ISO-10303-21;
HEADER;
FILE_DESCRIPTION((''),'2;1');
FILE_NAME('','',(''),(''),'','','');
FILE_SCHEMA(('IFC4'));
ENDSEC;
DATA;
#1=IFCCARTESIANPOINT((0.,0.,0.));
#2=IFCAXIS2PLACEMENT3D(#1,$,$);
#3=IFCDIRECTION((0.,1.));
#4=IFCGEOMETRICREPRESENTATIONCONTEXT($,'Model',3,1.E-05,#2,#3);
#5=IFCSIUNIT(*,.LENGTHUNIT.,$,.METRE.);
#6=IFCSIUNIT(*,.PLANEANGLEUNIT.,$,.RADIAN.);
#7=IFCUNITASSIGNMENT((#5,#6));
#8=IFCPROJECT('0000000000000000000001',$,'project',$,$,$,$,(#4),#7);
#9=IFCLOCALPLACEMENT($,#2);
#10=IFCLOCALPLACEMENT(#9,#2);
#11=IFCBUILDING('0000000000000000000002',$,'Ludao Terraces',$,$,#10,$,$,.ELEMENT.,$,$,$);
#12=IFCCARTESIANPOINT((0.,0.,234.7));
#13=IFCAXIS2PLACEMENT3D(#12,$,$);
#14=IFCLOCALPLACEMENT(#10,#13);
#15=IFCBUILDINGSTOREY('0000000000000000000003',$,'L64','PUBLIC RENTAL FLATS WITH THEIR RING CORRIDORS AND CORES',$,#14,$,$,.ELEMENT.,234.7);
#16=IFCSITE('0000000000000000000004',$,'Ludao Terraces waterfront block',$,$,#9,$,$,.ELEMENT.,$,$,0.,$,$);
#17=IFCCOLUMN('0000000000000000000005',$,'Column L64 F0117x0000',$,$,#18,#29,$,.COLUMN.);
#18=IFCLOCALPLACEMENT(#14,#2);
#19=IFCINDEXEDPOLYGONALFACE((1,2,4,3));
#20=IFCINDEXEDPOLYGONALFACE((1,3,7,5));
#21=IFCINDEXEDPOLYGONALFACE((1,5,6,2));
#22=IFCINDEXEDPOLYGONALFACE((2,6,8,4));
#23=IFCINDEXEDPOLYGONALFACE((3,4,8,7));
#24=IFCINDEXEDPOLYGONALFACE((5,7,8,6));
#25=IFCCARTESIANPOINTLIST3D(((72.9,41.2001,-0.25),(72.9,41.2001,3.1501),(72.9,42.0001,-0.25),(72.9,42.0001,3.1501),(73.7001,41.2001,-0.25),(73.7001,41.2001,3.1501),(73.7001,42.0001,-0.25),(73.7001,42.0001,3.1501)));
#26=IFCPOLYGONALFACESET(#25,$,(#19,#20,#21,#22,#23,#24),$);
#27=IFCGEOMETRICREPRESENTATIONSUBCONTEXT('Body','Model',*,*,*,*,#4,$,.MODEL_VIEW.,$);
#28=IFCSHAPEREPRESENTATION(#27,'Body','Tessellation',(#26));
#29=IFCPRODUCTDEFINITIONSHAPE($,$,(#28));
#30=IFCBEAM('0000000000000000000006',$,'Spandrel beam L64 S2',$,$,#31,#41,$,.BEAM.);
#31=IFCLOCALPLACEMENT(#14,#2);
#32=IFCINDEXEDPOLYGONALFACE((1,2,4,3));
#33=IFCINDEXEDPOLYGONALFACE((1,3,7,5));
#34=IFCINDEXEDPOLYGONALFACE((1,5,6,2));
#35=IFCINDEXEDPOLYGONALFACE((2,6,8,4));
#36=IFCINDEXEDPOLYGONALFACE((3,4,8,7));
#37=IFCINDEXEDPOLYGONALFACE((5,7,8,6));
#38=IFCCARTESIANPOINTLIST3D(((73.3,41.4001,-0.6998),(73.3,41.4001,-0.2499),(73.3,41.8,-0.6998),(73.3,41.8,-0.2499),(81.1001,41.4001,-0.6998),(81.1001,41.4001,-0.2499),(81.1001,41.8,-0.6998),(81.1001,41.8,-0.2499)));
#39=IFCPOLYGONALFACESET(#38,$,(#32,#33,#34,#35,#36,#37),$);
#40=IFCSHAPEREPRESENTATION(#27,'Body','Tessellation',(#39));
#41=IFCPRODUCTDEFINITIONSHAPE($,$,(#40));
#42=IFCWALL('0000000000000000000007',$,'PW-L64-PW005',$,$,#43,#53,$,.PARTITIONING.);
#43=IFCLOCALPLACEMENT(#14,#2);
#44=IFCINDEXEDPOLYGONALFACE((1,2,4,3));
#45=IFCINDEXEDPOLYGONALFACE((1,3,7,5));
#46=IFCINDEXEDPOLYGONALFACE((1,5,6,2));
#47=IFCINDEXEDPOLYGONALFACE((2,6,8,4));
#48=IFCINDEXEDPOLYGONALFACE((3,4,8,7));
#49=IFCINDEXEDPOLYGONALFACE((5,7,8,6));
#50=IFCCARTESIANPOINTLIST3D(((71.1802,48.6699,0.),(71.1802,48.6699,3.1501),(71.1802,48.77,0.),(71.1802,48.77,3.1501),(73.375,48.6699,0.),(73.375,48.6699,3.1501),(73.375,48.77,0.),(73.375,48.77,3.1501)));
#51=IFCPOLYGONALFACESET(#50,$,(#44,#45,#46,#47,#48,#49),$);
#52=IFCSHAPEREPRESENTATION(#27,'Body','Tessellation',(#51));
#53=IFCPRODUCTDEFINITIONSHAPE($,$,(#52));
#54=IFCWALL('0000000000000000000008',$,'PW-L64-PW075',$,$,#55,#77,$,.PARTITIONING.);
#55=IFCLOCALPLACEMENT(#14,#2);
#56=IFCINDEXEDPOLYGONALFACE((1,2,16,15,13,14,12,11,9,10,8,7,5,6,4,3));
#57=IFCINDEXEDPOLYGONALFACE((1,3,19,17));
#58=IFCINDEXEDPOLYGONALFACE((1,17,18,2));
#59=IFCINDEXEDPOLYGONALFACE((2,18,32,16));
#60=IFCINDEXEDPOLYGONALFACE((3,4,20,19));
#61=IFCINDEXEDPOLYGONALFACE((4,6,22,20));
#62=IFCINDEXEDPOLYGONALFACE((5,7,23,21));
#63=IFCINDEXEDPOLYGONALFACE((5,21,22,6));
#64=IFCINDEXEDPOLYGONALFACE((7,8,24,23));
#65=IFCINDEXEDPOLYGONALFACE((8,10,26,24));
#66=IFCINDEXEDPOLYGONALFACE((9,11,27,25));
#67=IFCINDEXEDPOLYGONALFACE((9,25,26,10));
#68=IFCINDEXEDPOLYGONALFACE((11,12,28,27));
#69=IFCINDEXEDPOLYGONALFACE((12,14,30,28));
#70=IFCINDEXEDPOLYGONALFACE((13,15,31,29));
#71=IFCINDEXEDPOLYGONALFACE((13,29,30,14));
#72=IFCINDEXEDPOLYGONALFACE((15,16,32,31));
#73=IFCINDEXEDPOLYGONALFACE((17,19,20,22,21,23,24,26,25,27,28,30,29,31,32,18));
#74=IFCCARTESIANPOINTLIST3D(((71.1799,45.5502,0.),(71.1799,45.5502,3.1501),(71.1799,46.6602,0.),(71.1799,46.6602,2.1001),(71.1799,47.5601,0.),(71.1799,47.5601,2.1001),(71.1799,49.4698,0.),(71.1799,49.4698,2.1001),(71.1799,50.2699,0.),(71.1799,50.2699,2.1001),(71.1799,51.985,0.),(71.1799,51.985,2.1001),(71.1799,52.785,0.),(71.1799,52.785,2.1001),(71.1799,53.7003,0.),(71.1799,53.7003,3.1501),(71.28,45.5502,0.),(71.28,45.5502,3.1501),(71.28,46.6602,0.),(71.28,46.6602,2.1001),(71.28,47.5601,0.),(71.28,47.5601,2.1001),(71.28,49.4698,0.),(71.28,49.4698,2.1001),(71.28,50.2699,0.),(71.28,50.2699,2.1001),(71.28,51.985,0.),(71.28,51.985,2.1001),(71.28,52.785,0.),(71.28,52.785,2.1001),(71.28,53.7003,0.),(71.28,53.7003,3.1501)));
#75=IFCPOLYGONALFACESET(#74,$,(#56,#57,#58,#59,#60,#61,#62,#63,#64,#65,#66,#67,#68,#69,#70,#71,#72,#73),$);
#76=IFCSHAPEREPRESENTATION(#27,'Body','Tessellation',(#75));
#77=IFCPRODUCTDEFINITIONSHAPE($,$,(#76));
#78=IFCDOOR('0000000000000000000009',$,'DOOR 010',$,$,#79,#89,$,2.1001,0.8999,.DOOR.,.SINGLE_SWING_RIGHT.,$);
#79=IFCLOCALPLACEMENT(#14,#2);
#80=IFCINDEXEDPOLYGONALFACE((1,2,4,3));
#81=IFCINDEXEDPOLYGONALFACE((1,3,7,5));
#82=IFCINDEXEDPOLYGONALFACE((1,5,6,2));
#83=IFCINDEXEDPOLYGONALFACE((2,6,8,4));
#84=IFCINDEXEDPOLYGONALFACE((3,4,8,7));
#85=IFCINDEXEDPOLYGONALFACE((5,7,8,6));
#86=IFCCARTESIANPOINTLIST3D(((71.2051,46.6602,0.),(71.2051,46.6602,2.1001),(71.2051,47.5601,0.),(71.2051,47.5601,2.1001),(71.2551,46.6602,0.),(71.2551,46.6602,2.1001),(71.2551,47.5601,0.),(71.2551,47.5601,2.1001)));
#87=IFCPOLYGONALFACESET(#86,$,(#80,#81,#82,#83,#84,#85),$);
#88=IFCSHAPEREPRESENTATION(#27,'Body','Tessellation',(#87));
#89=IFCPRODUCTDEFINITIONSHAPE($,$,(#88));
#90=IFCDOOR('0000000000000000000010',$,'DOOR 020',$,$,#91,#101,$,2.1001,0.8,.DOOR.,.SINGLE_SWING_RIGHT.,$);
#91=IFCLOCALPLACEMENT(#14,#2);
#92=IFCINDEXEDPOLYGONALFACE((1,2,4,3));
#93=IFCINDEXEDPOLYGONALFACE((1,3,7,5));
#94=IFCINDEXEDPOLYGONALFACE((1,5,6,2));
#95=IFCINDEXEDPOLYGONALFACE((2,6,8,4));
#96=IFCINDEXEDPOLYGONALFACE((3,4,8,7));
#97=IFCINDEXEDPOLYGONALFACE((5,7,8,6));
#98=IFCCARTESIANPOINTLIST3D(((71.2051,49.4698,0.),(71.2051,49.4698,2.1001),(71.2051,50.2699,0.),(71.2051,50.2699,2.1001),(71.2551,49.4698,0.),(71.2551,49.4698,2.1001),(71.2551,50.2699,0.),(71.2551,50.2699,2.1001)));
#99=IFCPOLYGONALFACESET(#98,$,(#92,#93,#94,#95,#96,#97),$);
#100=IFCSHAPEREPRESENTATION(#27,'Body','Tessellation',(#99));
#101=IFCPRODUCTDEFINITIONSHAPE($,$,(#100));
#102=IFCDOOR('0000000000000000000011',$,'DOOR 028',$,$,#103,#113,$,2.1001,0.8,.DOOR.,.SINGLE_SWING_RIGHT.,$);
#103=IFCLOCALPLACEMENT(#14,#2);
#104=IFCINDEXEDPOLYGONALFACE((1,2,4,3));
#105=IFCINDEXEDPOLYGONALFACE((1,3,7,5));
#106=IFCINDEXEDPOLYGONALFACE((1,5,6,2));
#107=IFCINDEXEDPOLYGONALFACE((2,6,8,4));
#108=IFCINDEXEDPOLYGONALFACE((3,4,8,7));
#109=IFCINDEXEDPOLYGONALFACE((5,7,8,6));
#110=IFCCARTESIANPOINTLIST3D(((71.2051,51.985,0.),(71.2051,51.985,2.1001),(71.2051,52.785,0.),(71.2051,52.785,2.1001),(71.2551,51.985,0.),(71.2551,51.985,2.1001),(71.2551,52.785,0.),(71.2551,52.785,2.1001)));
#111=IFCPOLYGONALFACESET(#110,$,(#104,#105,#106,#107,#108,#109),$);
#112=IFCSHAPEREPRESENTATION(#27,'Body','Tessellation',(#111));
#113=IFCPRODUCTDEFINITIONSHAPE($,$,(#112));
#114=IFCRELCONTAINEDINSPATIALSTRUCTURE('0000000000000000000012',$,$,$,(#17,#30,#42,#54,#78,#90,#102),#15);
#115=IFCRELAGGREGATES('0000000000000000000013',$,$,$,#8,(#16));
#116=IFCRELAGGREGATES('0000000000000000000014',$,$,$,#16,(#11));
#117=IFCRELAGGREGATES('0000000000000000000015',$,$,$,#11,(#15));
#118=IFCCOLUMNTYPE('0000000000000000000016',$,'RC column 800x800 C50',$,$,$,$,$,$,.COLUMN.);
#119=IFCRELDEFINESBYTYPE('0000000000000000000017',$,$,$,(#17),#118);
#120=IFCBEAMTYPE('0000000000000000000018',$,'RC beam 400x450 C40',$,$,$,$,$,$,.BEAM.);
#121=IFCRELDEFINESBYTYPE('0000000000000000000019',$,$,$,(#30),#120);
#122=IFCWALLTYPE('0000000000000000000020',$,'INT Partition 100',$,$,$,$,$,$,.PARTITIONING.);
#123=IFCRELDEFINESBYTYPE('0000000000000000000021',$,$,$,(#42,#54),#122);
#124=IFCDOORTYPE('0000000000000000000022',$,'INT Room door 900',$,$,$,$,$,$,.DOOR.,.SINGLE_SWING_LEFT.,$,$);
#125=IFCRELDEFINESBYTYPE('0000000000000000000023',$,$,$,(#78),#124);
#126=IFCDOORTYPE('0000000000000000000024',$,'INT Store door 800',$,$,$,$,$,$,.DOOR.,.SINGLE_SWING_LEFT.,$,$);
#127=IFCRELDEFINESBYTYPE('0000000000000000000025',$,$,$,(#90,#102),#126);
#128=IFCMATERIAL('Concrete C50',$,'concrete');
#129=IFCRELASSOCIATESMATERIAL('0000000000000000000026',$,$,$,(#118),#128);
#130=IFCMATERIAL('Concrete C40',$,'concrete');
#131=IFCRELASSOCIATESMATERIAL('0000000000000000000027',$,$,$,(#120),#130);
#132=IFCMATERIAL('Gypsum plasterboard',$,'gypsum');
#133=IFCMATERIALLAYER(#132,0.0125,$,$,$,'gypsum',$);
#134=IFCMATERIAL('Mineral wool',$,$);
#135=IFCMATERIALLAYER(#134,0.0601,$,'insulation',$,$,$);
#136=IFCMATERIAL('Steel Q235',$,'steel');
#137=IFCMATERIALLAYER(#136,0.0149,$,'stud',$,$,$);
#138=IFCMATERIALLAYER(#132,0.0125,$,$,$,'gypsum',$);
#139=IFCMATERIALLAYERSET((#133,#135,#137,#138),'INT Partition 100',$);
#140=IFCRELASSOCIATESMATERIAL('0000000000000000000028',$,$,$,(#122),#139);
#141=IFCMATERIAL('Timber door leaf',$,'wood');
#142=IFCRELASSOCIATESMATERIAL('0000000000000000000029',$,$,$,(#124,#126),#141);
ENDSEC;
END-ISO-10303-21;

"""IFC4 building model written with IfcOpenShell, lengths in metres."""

from ifc_helpers import new_model, si_unit, direction, frame, frame_2d, origin, origin_2d, place, context, subcontext, project, spatial, rectangle, extrude, material, layer, layer_set, material_profile, profile_set, type_object, element, fill, save


model = new_model("IFC4")

# Units and contexts
model_context = context("Model", 3, precision=1e-05, world=origin(), true_north=direction((0.0, 1.0)))
body_context = subcontext(model_context, "Body", "Model", "MODEL_VIEW")
ifc_project = project(units=[si_unit("LENGTHUNIT", "METRE"), si_unit("PLANEANGLEUNIT", "RADIAN")], contexts=[model_context])

# Site, building, storey
site_placement = place(None, origin())
site = spatial("IfcSite", under=ifc_project, at=site_placement, Name="Ludao Terraces waterfront block", CompositionType="ELEMENT", RefElevation=0.0)
building_placement = place(site_placement, origin())
building = spatial("IfcBuilding", under=site, at=building_placement, Name="Ludao Terraces", CompositionType="ELEMENT")
storey_placement = place(building_placement, frame((0.0, 0.0, 234.7)))
storey = spatial("IfcBuildingStorey", under=building, at=storey_placement, Name="L64", Description="PUBLIC RENTAL FLATS WITH THEIR RING CORRIDORS AND CORES", CompositionType="ELEMENT", Elevation=234.7)

# Column
ifc_material_1 = material(Name="Concrete C50", Category="concrete")
ifc_material_profile_1 = material_profile(ifc_material_1, rectangle(XDim=0.8, YDim=0.8, at=origin_2d()), Name="800 X 800")
ifc_profile_set_1 = profile_set([ifc_material_profile_1], Name="Concrete C50")
column_type = type_object("IfcColumnType", Name="RC column 800x800 C50", PredefinedType="COLUMN", material=ifc_profile_set_1)
column_placement = place(storey_placement, frame((73.3, 41.6001, -0.25), z_axis=(0.0, 0.0, 1.0), x_axis=(1.0, 0.0, 0.0)))
element("IfcColumn", 1, at=column_placement, inside=storey, type_object=column_type, Name="Column L64 F0117x0000", PredefinedType="COLUMN", context=body_context, shape_type="SweptSolid", body=[
    extrude(rectangle(XDim=0.8, YDim=0.8, at=origin_2d()), origin(), (0.0, 0.0, 1.0), 3.4001),
])

# Beam
ifc_material_2 = material(Name="Concrete C40", Category="concrete")
ifc_material_profile_2 = material_profile(ifc_material_2, rectangle(XDim=0.3999, YDim=0.45, at=origin_2d()), Name="400 X 450")
ifc_profile_set_2 = profile_set([ifc_material_profile_2], Name="Concrete C40")
beam_type = type_object("IfcBeamType", Name="RC beam 400x450 C40", PredefinedType="BEAM", material=ifc_profile_set_2)
beam_placement = place(storey_placement, frame((73.3, 41.6001, -0.4749), z_axis=(1.0, 0.0, 0.0), x_axis=(0.0, 1.0, 0.0)))
element("IfcBeam", 2, at=beam_placement, inside=storey, type_object=beam_type, Name="Spandrel beam L64 S2", PredefinedType="BEAM", context=body_context, shape_type="SweptSolid", body=[
    extrude(rectangle(XDim=0.3999, YDim=0.45, at=origin_2d()), origin(), (0.0, 0.0, 1.0), 7.8),
])

# Wall
ifc_material_3 = material(Name="Gypsum plasterboard", Category="gypsum")
ifc_layer_1 = layer(ifc_material_3, 0.0125, Category="gypsum")
ifc_material_4 = material(Name="Mineral wool")
ifc_layer_2 = layer(ifc_material_4, 0.0601, Name="insulation")
ifc_material_5 = material(Name="Steel Q235", Category="steel")
ifc_layer_3 = layer(ifc_material_5, 0.0149, Name="stud")
ifc_layer_4 = layer(ifc_material_3, 0.0125, Category="gypsum")
ifc_layer_set = layer_set([ifc_layer_1, ifc_layer_2, ifc_layer_3, ifc_layer_4], Name="INT Partition 100")
wall_type = type_object("IfcWallType", Name="INT Partition 100", PredefinedType="PARTITIONING", material=ifc_layer_set)
wall_1_placement = place(storey_placement, frame((71.1802, 48.72, 0.0), z_axis=(0.0, 0.0, 1.0), x_axis=(1.0, 0.0, 0.0)))
element("IfcWall", 3, at=wall_1_placement, inside=storey, type_object=wall_type, Name="PW-L64-PW005", PredefinedType="PARTITIONING", context=body_context, shape_type="SweptSolid", body=[
    extrude(rectangle(XDim=2.1948, YDim=0.1001, at=frame_2d((1.0974, 0.0))), origin(), (0.0, 0.0, 1.0), 3.1501),
])

# Wall, openings, doors
ifc_material_6 = material(Name="Timber door leaf", Category="wood")
door_type_1 = type_object("IfcDoorType", Name="INT Room door 900", OperationType="SINGLE_SWING_LEFT", PredefinedType="DOOR", material=ifc_material_6)
wall_2_placement = place(storey_placement, frame((71.23, 45.55, 0.0), z_axis=(0.0, 0.0, 1.0), x_axis=(0.0, 1.0, 0.0)))
wall_2 = element("IfcWall", 4, at=wall_2_placement, inside=storey, type_object=wall_type, Name="PW-L64-PW075", PredefinedType="PARTITIONING", context=body_context, shape_type="SweptSolid", body=[
    extrude(rectangle(XDim=8.1501, YDim=0.1001, at=frame_2d((4.0752, 0.0))), origin(), (0.0, 0.0, 1.0), 3.1501),
])
opening_1_placement = place(wall_2_placement, frame((1.1101, 0.0, 0.0)))
opening_1 = element("IfcOpeningElement", 5, at=opening_1_placement, cuts=wall_2, PredefinedType="OPENING", context=body_context, shape_type="SweptSolid", body=[
    extrude(rectangle(XDim=0.8999, YDim=2.1001, at=frame_2d((0.45, 1.05))), frame((0.0, 0.0601, 0.0), z_axis=(0.0, -1.0, 0.0), x_axis=(1.0, 0.0, 0.0)), (0.0, 0.0, 1.0), 0.1201),
])
opening_2_placement = place(wall_2_placement, frame((3.9199, 0.0, 0.0)))
opening_2 = element("IfcOpeningElement", 6, at=opening_2_placement, cuts=wall_2, PredefinedType="OPENING", context=body_context, shape_type="SweptSolid", body=[
    extrude(rectangle(XDim=0.8, YDim=2.1001, at=frame_2d((0.3999, 1.05))), frame((0.0, 0.0601, 0.0), z_axis=(0.0, -1.0, 0.0), x_axis=(1.0, 0.0, 0.0)), (0.0, 0.0, 1.0), 0.1201),
])
opening_3_placement = place(wall_2_placement, frame((6.4351, 0.0, 0.0)))
opening_3 = element("IfcOpeningElement", 7, at=opening_3_placement, cuts=wall_2, PredefinedType="OPENING", context=body_context, shape_type="SweptSolid", body=[
    extrude(rectangle(XDim=0.8, YDim=2.1001, at=frame_2d((0.3999, 1.05))), frame((0.0, 0.0601, 0.0), z_axis=(0.0, -1.0, 0.0), x_axis=(1.0, 0.0, 0.0)), (0.0, 0.0, 1.0), 0.1201),
])
door_1_placement = place(opening_1_placement, origin())
door_1 = element("IfcDoor", 8, at=door_1_placement, inside=storey, type_object=door_type_1, Name="DOOR 010", OperationType="SINGLE_SWING_RIGHT", OverallHeight=2.1001, OverallWidth=0.8999, PredefinedType="DOOR", context=body_context, shape_type="SweptSolid", body=[
    extrude(rectangle(XDim=0.8999, YDim=2.1001, at=frame_2d((0.45, 1.05))), frame((0.0, 0.0249, 0.0), z_axis=(0.0, -1.0, 0.0), x_axis=(1.0, 0.0, 0.0)), (0.0, 0.0, 1.0), 0.05),
])
fill(opening_1, door_1)
door_type_2 = type_object("IfcDoorType", Name="INT Store door 800", OperationType="SINGLE_SWING_LEFT", PredefinedType="DOOR", material=ifc_material_6)
door_2_placement = place(opening_2_placement, origin())
door_2 = element("IfcDoor", 9, at=door_2_placement, inside=storey, type_object=door_type_2, Name="DOOR 020", OperationType="SINGLE_SWING_RIGHT", OverallHeight=2.1001, OverallWidth=0.8, PredefinedType="DOOR", context=body_context, shape_type="SweptSolid", body=[
    extrude(rectangle(XDim=0.8, YDim=2.1001, at=frame_2d((0.3999, 1.05))), frame((0.0, 0.0249, 0.0), z_axis=(0.0, -1.0, 0.0), x_axis=(1.0, 0.0, 0.0)), (0.0, 0.0, 1.0), 0.05),
])
fill(opening_2, door_2)
door_3_placement = place(opening_3_placement, origin())
door_3 = element("IfcDoor", 10, at=door_3_placement, inside=storey, type_object=door_type_2, Name="DOOR 028", OperationType="SINGLE_SWING_RIGHT", OverallHeight=2.1001, OverallWidth=0.8, PredefinedType="DOOR", context=body_context, shape_type="SweptSolid", body=[
    extrude(rectangle(XDim=0.8, YDim=2.1001, at=frame_2d((0.3999, 1.05))), frame((0.0, 0.0249, 0.0), z_axis=(0.0, -1.0, 0.0), x_axis=(1.0, 0.0, 0.0)), (0.0, 0.0, 1.0), 0.05),
])
fill(opening_3, door_3)

save(model, "model.ifc")
